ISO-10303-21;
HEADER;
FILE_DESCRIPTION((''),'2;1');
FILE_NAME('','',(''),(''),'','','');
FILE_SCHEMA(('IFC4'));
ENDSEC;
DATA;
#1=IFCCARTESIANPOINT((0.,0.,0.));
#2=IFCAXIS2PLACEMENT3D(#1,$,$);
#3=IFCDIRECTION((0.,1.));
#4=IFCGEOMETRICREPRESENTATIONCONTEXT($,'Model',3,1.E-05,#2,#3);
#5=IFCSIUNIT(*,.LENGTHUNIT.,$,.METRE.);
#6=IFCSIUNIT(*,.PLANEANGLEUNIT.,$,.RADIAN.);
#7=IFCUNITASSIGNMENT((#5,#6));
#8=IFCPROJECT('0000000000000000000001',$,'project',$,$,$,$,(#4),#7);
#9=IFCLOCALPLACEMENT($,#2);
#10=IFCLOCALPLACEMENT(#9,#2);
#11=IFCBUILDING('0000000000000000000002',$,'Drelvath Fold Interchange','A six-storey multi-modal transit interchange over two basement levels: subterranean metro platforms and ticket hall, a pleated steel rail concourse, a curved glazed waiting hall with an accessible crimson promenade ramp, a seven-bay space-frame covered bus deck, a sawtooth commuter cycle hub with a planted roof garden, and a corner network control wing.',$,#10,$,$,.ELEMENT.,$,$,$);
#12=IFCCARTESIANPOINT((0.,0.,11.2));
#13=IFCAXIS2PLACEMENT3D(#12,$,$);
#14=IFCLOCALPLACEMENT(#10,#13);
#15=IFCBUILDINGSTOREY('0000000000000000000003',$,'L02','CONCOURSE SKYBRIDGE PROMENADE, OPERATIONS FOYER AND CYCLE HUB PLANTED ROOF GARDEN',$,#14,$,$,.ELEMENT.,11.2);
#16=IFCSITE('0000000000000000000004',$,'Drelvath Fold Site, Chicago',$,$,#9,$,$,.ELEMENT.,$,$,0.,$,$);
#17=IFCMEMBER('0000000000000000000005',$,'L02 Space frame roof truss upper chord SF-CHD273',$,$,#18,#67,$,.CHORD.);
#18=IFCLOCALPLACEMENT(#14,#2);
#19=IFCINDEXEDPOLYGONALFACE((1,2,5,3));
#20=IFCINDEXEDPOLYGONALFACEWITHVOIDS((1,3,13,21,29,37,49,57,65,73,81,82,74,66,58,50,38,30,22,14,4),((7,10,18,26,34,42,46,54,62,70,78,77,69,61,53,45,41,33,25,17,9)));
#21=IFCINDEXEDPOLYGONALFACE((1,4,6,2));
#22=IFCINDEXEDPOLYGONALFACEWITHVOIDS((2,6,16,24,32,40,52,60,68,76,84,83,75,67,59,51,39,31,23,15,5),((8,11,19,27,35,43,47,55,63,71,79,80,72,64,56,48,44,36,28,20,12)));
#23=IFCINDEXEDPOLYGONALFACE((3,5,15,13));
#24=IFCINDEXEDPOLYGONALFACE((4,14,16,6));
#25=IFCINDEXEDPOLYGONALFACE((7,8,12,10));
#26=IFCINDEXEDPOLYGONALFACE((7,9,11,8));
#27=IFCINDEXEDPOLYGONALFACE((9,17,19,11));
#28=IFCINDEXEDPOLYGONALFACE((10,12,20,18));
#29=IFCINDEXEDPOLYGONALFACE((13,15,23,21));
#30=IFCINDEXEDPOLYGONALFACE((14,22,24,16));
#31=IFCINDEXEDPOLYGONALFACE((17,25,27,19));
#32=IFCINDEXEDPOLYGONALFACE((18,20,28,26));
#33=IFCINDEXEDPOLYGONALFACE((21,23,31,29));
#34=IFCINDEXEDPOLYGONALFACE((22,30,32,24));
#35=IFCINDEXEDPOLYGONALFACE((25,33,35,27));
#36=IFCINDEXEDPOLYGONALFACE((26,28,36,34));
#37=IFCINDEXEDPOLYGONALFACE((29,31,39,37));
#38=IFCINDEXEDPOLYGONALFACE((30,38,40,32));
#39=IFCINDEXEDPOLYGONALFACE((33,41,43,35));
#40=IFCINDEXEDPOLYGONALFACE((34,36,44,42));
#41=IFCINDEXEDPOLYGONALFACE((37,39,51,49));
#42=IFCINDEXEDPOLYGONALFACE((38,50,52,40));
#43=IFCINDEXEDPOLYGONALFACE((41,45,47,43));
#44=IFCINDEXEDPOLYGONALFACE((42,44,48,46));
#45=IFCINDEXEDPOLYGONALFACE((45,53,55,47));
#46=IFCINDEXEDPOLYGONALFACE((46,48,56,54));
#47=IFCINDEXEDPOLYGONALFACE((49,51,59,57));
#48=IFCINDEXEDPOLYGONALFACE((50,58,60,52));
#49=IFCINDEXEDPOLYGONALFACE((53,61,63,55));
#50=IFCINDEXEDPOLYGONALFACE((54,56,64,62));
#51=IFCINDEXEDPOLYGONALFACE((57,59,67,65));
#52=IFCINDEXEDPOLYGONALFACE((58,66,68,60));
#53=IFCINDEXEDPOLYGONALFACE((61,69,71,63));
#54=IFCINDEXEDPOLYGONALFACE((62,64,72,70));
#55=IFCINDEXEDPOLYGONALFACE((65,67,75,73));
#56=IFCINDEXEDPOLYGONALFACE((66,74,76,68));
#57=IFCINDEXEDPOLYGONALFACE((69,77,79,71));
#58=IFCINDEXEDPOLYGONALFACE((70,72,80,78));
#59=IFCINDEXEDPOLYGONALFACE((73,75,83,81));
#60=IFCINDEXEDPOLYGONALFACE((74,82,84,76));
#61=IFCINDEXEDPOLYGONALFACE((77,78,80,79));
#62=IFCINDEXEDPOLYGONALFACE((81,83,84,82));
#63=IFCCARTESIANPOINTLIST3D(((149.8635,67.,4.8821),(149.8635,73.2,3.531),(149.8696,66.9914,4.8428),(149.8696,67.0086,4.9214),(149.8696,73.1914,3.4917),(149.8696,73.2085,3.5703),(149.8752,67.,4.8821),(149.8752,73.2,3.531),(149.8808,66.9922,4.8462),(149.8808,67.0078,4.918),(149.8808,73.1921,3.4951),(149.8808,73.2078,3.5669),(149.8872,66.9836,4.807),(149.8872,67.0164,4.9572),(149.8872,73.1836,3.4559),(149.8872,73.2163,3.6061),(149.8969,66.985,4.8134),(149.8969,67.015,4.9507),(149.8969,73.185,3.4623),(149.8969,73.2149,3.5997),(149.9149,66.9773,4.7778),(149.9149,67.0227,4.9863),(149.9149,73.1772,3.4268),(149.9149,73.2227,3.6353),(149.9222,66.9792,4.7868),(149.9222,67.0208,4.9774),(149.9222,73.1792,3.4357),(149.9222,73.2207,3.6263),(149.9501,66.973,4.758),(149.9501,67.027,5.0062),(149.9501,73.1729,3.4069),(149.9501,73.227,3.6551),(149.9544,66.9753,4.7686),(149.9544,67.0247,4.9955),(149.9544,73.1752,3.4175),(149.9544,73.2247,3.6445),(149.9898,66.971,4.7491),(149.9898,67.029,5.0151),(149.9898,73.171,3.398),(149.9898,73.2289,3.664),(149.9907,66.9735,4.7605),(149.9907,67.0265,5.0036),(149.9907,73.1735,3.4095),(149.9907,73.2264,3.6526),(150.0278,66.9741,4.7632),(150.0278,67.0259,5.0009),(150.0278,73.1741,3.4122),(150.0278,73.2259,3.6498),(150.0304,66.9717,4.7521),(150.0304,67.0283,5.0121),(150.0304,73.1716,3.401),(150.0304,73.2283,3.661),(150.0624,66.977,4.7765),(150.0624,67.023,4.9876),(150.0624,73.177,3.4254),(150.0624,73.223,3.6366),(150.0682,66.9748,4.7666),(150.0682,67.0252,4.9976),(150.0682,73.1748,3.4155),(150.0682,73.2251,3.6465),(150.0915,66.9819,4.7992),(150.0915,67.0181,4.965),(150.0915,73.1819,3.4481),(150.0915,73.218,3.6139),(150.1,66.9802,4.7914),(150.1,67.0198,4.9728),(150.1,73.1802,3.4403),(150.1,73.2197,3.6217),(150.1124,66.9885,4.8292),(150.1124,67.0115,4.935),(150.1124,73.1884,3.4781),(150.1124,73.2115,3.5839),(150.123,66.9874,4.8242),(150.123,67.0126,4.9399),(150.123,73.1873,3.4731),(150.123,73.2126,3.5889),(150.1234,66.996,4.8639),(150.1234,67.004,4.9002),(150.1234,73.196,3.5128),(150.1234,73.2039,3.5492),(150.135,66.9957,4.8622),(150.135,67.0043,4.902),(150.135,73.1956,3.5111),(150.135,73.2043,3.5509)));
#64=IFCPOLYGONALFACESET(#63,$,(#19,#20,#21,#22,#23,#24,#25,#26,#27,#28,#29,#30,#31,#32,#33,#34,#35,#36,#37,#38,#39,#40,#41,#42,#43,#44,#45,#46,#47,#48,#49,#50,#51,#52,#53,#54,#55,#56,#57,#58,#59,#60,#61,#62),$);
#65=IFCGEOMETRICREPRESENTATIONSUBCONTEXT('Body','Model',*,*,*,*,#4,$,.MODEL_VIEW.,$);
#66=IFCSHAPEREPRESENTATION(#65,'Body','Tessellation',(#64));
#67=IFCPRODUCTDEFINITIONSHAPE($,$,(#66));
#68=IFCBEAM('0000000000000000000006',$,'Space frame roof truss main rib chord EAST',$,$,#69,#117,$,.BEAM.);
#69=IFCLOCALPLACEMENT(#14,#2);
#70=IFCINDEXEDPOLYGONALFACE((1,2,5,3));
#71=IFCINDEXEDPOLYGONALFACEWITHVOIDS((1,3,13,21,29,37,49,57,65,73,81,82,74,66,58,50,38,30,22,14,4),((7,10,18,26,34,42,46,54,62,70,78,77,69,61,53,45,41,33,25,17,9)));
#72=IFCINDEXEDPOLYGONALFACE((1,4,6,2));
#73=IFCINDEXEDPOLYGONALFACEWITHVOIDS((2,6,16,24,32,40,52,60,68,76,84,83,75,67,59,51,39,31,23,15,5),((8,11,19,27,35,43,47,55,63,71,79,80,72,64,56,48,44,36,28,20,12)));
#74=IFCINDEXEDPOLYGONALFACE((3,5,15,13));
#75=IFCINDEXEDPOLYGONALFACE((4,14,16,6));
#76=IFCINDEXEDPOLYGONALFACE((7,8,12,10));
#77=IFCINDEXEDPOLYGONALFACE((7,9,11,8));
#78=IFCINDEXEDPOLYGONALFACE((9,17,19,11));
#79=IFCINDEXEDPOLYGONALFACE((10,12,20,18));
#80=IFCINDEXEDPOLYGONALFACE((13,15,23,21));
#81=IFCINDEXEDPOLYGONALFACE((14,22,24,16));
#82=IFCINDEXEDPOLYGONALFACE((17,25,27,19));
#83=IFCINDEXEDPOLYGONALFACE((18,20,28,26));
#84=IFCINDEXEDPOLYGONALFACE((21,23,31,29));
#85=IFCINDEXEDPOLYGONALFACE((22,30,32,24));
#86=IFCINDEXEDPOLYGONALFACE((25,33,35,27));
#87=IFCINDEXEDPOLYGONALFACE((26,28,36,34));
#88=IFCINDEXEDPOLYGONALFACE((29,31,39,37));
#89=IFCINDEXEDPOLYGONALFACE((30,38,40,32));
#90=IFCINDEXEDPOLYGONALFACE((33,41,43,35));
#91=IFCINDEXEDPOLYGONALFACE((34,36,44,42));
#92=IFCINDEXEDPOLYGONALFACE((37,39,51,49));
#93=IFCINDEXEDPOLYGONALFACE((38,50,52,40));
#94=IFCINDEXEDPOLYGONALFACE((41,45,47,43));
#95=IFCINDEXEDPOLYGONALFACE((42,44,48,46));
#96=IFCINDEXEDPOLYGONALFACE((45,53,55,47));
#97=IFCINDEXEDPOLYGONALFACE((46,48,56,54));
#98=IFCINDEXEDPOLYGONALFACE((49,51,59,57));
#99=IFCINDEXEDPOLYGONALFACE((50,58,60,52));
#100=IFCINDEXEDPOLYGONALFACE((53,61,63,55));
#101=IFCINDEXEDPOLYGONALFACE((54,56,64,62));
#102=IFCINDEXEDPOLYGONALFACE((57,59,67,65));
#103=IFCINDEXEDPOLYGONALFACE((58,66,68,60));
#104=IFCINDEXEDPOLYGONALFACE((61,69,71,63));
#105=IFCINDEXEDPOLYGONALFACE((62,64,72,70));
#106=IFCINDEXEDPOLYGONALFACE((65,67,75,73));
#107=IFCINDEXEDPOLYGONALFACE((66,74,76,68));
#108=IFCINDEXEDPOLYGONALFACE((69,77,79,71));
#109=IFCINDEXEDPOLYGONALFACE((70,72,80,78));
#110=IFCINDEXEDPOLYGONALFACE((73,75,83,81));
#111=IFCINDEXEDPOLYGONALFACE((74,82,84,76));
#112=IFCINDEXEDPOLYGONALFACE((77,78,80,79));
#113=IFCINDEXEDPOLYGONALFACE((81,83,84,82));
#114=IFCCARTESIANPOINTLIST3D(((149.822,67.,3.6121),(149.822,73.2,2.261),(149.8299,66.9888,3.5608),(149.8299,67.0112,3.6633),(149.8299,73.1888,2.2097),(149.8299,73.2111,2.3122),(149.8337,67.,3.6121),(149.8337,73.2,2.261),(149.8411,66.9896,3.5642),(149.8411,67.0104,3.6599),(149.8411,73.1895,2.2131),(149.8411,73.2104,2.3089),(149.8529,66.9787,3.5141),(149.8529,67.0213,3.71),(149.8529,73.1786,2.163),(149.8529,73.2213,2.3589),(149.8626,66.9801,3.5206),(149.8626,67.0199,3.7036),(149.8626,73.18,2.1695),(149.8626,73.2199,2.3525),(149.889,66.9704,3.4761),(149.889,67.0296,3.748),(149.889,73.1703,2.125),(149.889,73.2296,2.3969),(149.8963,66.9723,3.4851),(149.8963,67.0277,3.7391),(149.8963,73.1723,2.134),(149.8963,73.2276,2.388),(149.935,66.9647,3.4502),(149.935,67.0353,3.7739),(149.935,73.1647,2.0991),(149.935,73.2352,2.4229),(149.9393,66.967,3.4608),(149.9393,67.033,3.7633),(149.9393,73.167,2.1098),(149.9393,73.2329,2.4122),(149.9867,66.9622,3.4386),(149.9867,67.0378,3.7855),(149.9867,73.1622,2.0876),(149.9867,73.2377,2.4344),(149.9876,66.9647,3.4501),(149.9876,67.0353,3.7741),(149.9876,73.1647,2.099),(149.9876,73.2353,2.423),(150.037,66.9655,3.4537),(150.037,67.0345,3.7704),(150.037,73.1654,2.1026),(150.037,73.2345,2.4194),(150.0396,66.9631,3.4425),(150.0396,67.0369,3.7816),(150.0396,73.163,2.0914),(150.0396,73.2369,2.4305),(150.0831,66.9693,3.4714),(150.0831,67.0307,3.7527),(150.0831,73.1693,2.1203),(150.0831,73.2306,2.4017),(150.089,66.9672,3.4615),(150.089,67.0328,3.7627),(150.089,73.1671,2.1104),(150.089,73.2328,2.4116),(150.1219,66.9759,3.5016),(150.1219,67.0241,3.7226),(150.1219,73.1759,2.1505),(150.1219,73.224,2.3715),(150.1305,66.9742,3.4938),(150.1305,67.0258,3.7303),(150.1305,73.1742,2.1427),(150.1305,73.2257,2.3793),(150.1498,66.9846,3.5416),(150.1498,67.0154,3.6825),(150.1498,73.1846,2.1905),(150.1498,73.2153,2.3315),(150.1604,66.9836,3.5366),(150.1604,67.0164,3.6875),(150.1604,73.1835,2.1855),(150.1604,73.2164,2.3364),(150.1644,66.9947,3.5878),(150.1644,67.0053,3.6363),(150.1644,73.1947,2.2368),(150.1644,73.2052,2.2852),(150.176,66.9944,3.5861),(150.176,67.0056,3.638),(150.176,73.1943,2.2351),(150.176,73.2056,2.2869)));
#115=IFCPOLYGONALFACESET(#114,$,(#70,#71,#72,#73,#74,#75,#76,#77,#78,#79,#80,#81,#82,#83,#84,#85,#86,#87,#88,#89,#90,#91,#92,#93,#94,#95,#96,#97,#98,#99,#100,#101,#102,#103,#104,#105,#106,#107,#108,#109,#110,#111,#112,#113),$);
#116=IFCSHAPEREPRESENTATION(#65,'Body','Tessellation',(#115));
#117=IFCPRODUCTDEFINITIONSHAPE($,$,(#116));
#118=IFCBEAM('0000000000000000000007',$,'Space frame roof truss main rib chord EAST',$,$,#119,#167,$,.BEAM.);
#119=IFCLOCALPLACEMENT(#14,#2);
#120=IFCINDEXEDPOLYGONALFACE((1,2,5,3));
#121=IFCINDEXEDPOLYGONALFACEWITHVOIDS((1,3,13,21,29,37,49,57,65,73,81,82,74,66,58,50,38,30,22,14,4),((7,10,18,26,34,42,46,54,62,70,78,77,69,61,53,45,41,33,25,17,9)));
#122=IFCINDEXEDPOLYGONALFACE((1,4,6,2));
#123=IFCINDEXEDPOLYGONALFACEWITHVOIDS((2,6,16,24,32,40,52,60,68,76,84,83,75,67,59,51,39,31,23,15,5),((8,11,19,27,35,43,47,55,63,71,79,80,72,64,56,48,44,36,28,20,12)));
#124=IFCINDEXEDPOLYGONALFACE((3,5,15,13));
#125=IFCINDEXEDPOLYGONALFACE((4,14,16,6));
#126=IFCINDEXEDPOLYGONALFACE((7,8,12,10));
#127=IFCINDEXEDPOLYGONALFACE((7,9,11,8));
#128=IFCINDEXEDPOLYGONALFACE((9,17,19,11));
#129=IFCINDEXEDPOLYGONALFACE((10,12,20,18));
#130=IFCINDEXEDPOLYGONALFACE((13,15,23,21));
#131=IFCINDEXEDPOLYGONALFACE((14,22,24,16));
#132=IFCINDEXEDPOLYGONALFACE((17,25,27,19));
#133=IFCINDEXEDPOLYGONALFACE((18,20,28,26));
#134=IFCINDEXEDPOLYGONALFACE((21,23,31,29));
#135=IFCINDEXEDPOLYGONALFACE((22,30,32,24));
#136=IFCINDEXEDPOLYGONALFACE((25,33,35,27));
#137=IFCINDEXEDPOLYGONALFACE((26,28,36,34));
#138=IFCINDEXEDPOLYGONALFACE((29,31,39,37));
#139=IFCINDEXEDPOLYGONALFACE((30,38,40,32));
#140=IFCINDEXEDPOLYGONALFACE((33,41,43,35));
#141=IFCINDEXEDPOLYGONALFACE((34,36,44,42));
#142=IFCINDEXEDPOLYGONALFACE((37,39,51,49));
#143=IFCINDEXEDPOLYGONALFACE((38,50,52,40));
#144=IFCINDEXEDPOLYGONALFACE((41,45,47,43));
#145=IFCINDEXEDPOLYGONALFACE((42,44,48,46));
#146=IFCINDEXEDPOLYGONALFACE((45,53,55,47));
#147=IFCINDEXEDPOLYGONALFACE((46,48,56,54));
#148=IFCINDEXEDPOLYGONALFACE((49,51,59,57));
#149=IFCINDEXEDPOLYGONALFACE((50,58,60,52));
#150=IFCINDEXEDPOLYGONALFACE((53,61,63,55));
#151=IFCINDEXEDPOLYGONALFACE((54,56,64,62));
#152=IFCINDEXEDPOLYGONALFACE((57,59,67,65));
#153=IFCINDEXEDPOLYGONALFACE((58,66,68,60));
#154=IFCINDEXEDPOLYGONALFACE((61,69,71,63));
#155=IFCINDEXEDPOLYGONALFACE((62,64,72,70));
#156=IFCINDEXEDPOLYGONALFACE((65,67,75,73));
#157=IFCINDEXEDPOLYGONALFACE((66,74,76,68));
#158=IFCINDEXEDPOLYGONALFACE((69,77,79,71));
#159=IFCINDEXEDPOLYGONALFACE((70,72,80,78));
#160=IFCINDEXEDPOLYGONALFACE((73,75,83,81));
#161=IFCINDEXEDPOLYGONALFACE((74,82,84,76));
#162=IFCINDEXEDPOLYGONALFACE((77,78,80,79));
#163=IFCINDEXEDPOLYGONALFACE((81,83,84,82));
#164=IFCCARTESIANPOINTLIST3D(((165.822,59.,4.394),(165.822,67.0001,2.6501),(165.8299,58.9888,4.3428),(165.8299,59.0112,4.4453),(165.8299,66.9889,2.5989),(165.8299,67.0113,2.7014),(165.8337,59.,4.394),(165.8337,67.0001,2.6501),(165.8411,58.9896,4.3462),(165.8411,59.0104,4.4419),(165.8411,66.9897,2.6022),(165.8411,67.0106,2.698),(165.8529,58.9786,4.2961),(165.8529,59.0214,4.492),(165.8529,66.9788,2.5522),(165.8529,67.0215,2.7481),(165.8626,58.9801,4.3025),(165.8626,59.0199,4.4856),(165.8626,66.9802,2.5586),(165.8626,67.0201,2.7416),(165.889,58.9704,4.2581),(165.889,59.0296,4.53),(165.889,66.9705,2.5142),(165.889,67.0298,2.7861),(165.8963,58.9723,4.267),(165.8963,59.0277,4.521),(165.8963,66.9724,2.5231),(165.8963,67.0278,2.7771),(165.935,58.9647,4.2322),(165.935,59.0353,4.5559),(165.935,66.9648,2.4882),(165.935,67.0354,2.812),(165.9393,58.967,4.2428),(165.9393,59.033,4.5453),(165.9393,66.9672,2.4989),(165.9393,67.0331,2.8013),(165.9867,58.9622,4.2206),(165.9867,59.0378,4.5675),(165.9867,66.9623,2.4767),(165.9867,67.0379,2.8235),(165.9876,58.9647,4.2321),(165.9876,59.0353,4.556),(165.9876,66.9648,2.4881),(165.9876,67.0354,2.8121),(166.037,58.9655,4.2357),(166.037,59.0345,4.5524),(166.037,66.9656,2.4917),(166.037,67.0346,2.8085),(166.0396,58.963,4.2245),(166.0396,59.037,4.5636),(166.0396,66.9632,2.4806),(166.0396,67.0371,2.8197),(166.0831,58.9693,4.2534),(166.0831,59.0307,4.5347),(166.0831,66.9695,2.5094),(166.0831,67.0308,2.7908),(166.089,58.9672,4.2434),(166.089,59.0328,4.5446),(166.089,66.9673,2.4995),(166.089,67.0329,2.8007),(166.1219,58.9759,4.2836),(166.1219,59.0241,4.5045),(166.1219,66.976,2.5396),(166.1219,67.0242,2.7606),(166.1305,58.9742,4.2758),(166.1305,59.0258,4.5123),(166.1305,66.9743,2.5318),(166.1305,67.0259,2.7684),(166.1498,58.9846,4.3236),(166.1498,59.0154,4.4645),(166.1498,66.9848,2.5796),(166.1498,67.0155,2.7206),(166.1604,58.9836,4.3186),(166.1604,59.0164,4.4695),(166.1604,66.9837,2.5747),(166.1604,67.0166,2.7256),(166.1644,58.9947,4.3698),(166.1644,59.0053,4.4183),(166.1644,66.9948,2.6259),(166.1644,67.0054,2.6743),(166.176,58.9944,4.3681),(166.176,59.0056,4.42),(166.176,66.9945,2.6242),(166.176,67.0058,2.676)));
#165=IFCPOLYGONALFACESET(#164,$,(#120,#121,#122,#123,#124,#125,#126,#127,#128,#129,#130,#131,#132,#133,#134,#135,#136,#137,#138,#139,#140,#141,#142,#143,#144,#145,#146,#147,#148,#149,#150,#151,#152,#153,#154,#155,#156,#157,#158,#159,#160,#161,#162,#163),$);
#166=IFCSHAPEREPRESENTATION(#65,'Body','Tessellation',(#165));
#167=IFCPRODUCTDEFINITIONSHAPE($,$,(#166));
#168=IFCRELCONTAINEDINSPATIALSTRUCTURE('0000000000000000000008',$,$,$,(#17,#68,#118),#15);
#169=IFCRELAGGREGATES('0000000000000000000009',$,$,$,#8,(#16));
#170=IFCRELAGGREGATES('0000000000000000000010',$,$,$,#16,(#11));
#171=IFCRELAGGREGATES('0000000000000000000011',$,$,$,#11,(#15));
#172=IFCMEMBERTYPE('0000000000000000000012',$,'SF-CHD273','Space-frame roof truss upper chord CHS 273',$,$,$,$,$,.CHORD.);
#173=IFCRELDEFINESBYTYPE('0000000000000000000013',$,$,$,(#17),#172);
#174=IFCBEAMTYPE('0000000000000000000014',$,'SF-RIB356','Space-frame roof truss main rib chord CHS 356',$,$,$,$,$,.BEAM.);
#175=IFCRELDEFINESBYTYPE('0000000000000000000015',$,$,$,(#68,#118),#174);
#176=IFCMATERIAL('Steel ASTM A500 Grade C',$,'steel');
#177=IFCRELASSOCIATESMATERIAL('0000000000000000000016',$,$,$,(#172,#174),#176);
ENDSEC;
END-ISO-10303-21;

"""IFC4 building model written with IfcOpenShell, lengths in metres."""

from ifc_helpers import new_model, si_unit, direction, frame, origin, origin_2d, place, context, subcontext, project, spatial, hollow_circle, extrude, material, material_profile, profile_set, type_object, element, save


model = new_model("IFC4")

# Units and contexts
model_context = context("Model", 3, precision=1e-05, world=origin(), true_north=direction((0.0, 1.0)))
body_context = subcontext(model_context, "Body", "Model", "MODEL_VIEW")
ifc_project = project(units=[si_unit("LENGTHUNIT", "METRE"), si_unit("PLANEANGLEUNIT", "RADIAN")], contexts=[model_context])

# Site, building, storey
site_placement = place(None, origin())
site = spatial("IfcSite", under=ifc_project, at=site_placement, Name="Drelvath Fold Site, Chicago", CompositionType="ELEMENT", RefElevation=0.0)
building_placement = place(site_placement, origin())
building = spatial("IfcBuilding", under=site, at=building_placement, Name="Drelvath Fold Interchange", Description="A six-storey multi-modal transit interchange over two basement levels: subterranean metro platforms and ticket hall, a pleated steel rail concourse, a curved glazed waiting hall with an accessible crimson promenade ramp, a seven-bay space-frame covered bus deck, a sawtooth commuter cycle hub with a planted roof garden, and a corner network control wing.", CompositionType="ELEMENT")
storey_placement = place(building_placement, frame((0.0, 0.0, 11.2)))
storey = spatial("IfcBuildingStorey", under=building, at=storey_placement, Name="L02", Description="CONCOURSE SKYBRIDGE PROMENADE, OPERATIONS FOYER AND CYCLE HUB PLANTED ROOF GARDEN", CompositionType="ELEMENT", Elevation=11.2)

# Member
ifc_material_1 = material(Name="Steel ASTM A500 Grade C", Category="steel")
ifc_material_profile_1 = material_profile(ifc_material_1, hollow_circle(Radius=0.1365, WallThickness=0.0117, at=origin_2d()), Name="HSS10.750X0.500")
ifc_profile_set_1 = profile_set([ifc_material_profile_1], Name="Steel ASTM A500 Grade C")
member_type_1 = type_object("IfcMemberType", Name="SF-CHD273", Description="Space-frame roof truss upper chord CHS 273", PredefinedType="CHORD", material=ifc_profile_set_1)
member_1_placement = place(storey_placement, frame((150.0, 67.0, 4.8821), z_axis=(0.0, 0.97707, -0.21292), x_axis=(-1.0, 0.0, 0.0)))
element("IfcMember", 1, at=member_1_placement, inside=storey, type_object=member_type_1, Name="L02 Space frame roof truss upper chord SF-CHD273", PredefinedType="CHORD", context=body_context, shape_type="SweptSolid", body=[
    extrude(hollow_circle(Radius=0.1365, WallThickness=0.0117, at=origin_2d()), origin(), (0.0, 0.0, 1.0), 6.3455),
])

# Beams
ifc_material_profile_2 = material_profile(ifc_material_1, hollow_circle(Radius=0.178, WallThickness=0.0117, at=origin_2d()), Name="HSS14.000X0.500")
ifc_profile_set_2 = profile_set([ifc_material_profile_2], Name="Steel ASTM A500 Grade C")
beam_type_1 = type_object("IfcBeamType", Name="SF-RIB356", Description="Space-frame roof truss main rib chord CHS 356", PredefinedType="BEAM", material=ifc_profile_set_2)
beam_1_placement = place(storey_placement, frame((150.0, 67.0, 3.6121), z_axis=(0.0, 0.97707, -0.21292), x_axis=(-1.0, 0.0, 0.0)))
element("IfcBeam", 2, at=beam_1_placement, inside=storey, type_object=beam_type_1, Name="Space frame roof truss main rib chord EAST", PredefinedType="BEAM", context=body_context, shape_type="SweptSolid", body=[
    extrude(hollow_circle(Radius=0.178, WallThickness=0.0117, at=origin_2d()), origin(), (0.0, 0.0, 1.0), 6.3455),
])
for number, where, z_axis, x_axis, name in (
    (3, (166.0, 59.0, 4.394), (0.0, 0.977055, -0.212985), (-1.0, 0.0, 0.0), "Space frame roof truss main rib chord EAST"),
):
    element("IfcBeam", number, at=place(storey_placement, frame(where, z_axis=z_axis, x_axis=x_axis)), inside=storey, type_object=beam_type_1, Name=name, PredefinedType="BEAM", context=body_context, shape_type="SweptSolid", body=[
        extrude(hollow_circle(Radius=0.178, WallThickness=0.0117, at=origin_2d()), origin(), (0.0, 0.0, 1.0), 8.188),
    ])

save(model, "model.ifc")
